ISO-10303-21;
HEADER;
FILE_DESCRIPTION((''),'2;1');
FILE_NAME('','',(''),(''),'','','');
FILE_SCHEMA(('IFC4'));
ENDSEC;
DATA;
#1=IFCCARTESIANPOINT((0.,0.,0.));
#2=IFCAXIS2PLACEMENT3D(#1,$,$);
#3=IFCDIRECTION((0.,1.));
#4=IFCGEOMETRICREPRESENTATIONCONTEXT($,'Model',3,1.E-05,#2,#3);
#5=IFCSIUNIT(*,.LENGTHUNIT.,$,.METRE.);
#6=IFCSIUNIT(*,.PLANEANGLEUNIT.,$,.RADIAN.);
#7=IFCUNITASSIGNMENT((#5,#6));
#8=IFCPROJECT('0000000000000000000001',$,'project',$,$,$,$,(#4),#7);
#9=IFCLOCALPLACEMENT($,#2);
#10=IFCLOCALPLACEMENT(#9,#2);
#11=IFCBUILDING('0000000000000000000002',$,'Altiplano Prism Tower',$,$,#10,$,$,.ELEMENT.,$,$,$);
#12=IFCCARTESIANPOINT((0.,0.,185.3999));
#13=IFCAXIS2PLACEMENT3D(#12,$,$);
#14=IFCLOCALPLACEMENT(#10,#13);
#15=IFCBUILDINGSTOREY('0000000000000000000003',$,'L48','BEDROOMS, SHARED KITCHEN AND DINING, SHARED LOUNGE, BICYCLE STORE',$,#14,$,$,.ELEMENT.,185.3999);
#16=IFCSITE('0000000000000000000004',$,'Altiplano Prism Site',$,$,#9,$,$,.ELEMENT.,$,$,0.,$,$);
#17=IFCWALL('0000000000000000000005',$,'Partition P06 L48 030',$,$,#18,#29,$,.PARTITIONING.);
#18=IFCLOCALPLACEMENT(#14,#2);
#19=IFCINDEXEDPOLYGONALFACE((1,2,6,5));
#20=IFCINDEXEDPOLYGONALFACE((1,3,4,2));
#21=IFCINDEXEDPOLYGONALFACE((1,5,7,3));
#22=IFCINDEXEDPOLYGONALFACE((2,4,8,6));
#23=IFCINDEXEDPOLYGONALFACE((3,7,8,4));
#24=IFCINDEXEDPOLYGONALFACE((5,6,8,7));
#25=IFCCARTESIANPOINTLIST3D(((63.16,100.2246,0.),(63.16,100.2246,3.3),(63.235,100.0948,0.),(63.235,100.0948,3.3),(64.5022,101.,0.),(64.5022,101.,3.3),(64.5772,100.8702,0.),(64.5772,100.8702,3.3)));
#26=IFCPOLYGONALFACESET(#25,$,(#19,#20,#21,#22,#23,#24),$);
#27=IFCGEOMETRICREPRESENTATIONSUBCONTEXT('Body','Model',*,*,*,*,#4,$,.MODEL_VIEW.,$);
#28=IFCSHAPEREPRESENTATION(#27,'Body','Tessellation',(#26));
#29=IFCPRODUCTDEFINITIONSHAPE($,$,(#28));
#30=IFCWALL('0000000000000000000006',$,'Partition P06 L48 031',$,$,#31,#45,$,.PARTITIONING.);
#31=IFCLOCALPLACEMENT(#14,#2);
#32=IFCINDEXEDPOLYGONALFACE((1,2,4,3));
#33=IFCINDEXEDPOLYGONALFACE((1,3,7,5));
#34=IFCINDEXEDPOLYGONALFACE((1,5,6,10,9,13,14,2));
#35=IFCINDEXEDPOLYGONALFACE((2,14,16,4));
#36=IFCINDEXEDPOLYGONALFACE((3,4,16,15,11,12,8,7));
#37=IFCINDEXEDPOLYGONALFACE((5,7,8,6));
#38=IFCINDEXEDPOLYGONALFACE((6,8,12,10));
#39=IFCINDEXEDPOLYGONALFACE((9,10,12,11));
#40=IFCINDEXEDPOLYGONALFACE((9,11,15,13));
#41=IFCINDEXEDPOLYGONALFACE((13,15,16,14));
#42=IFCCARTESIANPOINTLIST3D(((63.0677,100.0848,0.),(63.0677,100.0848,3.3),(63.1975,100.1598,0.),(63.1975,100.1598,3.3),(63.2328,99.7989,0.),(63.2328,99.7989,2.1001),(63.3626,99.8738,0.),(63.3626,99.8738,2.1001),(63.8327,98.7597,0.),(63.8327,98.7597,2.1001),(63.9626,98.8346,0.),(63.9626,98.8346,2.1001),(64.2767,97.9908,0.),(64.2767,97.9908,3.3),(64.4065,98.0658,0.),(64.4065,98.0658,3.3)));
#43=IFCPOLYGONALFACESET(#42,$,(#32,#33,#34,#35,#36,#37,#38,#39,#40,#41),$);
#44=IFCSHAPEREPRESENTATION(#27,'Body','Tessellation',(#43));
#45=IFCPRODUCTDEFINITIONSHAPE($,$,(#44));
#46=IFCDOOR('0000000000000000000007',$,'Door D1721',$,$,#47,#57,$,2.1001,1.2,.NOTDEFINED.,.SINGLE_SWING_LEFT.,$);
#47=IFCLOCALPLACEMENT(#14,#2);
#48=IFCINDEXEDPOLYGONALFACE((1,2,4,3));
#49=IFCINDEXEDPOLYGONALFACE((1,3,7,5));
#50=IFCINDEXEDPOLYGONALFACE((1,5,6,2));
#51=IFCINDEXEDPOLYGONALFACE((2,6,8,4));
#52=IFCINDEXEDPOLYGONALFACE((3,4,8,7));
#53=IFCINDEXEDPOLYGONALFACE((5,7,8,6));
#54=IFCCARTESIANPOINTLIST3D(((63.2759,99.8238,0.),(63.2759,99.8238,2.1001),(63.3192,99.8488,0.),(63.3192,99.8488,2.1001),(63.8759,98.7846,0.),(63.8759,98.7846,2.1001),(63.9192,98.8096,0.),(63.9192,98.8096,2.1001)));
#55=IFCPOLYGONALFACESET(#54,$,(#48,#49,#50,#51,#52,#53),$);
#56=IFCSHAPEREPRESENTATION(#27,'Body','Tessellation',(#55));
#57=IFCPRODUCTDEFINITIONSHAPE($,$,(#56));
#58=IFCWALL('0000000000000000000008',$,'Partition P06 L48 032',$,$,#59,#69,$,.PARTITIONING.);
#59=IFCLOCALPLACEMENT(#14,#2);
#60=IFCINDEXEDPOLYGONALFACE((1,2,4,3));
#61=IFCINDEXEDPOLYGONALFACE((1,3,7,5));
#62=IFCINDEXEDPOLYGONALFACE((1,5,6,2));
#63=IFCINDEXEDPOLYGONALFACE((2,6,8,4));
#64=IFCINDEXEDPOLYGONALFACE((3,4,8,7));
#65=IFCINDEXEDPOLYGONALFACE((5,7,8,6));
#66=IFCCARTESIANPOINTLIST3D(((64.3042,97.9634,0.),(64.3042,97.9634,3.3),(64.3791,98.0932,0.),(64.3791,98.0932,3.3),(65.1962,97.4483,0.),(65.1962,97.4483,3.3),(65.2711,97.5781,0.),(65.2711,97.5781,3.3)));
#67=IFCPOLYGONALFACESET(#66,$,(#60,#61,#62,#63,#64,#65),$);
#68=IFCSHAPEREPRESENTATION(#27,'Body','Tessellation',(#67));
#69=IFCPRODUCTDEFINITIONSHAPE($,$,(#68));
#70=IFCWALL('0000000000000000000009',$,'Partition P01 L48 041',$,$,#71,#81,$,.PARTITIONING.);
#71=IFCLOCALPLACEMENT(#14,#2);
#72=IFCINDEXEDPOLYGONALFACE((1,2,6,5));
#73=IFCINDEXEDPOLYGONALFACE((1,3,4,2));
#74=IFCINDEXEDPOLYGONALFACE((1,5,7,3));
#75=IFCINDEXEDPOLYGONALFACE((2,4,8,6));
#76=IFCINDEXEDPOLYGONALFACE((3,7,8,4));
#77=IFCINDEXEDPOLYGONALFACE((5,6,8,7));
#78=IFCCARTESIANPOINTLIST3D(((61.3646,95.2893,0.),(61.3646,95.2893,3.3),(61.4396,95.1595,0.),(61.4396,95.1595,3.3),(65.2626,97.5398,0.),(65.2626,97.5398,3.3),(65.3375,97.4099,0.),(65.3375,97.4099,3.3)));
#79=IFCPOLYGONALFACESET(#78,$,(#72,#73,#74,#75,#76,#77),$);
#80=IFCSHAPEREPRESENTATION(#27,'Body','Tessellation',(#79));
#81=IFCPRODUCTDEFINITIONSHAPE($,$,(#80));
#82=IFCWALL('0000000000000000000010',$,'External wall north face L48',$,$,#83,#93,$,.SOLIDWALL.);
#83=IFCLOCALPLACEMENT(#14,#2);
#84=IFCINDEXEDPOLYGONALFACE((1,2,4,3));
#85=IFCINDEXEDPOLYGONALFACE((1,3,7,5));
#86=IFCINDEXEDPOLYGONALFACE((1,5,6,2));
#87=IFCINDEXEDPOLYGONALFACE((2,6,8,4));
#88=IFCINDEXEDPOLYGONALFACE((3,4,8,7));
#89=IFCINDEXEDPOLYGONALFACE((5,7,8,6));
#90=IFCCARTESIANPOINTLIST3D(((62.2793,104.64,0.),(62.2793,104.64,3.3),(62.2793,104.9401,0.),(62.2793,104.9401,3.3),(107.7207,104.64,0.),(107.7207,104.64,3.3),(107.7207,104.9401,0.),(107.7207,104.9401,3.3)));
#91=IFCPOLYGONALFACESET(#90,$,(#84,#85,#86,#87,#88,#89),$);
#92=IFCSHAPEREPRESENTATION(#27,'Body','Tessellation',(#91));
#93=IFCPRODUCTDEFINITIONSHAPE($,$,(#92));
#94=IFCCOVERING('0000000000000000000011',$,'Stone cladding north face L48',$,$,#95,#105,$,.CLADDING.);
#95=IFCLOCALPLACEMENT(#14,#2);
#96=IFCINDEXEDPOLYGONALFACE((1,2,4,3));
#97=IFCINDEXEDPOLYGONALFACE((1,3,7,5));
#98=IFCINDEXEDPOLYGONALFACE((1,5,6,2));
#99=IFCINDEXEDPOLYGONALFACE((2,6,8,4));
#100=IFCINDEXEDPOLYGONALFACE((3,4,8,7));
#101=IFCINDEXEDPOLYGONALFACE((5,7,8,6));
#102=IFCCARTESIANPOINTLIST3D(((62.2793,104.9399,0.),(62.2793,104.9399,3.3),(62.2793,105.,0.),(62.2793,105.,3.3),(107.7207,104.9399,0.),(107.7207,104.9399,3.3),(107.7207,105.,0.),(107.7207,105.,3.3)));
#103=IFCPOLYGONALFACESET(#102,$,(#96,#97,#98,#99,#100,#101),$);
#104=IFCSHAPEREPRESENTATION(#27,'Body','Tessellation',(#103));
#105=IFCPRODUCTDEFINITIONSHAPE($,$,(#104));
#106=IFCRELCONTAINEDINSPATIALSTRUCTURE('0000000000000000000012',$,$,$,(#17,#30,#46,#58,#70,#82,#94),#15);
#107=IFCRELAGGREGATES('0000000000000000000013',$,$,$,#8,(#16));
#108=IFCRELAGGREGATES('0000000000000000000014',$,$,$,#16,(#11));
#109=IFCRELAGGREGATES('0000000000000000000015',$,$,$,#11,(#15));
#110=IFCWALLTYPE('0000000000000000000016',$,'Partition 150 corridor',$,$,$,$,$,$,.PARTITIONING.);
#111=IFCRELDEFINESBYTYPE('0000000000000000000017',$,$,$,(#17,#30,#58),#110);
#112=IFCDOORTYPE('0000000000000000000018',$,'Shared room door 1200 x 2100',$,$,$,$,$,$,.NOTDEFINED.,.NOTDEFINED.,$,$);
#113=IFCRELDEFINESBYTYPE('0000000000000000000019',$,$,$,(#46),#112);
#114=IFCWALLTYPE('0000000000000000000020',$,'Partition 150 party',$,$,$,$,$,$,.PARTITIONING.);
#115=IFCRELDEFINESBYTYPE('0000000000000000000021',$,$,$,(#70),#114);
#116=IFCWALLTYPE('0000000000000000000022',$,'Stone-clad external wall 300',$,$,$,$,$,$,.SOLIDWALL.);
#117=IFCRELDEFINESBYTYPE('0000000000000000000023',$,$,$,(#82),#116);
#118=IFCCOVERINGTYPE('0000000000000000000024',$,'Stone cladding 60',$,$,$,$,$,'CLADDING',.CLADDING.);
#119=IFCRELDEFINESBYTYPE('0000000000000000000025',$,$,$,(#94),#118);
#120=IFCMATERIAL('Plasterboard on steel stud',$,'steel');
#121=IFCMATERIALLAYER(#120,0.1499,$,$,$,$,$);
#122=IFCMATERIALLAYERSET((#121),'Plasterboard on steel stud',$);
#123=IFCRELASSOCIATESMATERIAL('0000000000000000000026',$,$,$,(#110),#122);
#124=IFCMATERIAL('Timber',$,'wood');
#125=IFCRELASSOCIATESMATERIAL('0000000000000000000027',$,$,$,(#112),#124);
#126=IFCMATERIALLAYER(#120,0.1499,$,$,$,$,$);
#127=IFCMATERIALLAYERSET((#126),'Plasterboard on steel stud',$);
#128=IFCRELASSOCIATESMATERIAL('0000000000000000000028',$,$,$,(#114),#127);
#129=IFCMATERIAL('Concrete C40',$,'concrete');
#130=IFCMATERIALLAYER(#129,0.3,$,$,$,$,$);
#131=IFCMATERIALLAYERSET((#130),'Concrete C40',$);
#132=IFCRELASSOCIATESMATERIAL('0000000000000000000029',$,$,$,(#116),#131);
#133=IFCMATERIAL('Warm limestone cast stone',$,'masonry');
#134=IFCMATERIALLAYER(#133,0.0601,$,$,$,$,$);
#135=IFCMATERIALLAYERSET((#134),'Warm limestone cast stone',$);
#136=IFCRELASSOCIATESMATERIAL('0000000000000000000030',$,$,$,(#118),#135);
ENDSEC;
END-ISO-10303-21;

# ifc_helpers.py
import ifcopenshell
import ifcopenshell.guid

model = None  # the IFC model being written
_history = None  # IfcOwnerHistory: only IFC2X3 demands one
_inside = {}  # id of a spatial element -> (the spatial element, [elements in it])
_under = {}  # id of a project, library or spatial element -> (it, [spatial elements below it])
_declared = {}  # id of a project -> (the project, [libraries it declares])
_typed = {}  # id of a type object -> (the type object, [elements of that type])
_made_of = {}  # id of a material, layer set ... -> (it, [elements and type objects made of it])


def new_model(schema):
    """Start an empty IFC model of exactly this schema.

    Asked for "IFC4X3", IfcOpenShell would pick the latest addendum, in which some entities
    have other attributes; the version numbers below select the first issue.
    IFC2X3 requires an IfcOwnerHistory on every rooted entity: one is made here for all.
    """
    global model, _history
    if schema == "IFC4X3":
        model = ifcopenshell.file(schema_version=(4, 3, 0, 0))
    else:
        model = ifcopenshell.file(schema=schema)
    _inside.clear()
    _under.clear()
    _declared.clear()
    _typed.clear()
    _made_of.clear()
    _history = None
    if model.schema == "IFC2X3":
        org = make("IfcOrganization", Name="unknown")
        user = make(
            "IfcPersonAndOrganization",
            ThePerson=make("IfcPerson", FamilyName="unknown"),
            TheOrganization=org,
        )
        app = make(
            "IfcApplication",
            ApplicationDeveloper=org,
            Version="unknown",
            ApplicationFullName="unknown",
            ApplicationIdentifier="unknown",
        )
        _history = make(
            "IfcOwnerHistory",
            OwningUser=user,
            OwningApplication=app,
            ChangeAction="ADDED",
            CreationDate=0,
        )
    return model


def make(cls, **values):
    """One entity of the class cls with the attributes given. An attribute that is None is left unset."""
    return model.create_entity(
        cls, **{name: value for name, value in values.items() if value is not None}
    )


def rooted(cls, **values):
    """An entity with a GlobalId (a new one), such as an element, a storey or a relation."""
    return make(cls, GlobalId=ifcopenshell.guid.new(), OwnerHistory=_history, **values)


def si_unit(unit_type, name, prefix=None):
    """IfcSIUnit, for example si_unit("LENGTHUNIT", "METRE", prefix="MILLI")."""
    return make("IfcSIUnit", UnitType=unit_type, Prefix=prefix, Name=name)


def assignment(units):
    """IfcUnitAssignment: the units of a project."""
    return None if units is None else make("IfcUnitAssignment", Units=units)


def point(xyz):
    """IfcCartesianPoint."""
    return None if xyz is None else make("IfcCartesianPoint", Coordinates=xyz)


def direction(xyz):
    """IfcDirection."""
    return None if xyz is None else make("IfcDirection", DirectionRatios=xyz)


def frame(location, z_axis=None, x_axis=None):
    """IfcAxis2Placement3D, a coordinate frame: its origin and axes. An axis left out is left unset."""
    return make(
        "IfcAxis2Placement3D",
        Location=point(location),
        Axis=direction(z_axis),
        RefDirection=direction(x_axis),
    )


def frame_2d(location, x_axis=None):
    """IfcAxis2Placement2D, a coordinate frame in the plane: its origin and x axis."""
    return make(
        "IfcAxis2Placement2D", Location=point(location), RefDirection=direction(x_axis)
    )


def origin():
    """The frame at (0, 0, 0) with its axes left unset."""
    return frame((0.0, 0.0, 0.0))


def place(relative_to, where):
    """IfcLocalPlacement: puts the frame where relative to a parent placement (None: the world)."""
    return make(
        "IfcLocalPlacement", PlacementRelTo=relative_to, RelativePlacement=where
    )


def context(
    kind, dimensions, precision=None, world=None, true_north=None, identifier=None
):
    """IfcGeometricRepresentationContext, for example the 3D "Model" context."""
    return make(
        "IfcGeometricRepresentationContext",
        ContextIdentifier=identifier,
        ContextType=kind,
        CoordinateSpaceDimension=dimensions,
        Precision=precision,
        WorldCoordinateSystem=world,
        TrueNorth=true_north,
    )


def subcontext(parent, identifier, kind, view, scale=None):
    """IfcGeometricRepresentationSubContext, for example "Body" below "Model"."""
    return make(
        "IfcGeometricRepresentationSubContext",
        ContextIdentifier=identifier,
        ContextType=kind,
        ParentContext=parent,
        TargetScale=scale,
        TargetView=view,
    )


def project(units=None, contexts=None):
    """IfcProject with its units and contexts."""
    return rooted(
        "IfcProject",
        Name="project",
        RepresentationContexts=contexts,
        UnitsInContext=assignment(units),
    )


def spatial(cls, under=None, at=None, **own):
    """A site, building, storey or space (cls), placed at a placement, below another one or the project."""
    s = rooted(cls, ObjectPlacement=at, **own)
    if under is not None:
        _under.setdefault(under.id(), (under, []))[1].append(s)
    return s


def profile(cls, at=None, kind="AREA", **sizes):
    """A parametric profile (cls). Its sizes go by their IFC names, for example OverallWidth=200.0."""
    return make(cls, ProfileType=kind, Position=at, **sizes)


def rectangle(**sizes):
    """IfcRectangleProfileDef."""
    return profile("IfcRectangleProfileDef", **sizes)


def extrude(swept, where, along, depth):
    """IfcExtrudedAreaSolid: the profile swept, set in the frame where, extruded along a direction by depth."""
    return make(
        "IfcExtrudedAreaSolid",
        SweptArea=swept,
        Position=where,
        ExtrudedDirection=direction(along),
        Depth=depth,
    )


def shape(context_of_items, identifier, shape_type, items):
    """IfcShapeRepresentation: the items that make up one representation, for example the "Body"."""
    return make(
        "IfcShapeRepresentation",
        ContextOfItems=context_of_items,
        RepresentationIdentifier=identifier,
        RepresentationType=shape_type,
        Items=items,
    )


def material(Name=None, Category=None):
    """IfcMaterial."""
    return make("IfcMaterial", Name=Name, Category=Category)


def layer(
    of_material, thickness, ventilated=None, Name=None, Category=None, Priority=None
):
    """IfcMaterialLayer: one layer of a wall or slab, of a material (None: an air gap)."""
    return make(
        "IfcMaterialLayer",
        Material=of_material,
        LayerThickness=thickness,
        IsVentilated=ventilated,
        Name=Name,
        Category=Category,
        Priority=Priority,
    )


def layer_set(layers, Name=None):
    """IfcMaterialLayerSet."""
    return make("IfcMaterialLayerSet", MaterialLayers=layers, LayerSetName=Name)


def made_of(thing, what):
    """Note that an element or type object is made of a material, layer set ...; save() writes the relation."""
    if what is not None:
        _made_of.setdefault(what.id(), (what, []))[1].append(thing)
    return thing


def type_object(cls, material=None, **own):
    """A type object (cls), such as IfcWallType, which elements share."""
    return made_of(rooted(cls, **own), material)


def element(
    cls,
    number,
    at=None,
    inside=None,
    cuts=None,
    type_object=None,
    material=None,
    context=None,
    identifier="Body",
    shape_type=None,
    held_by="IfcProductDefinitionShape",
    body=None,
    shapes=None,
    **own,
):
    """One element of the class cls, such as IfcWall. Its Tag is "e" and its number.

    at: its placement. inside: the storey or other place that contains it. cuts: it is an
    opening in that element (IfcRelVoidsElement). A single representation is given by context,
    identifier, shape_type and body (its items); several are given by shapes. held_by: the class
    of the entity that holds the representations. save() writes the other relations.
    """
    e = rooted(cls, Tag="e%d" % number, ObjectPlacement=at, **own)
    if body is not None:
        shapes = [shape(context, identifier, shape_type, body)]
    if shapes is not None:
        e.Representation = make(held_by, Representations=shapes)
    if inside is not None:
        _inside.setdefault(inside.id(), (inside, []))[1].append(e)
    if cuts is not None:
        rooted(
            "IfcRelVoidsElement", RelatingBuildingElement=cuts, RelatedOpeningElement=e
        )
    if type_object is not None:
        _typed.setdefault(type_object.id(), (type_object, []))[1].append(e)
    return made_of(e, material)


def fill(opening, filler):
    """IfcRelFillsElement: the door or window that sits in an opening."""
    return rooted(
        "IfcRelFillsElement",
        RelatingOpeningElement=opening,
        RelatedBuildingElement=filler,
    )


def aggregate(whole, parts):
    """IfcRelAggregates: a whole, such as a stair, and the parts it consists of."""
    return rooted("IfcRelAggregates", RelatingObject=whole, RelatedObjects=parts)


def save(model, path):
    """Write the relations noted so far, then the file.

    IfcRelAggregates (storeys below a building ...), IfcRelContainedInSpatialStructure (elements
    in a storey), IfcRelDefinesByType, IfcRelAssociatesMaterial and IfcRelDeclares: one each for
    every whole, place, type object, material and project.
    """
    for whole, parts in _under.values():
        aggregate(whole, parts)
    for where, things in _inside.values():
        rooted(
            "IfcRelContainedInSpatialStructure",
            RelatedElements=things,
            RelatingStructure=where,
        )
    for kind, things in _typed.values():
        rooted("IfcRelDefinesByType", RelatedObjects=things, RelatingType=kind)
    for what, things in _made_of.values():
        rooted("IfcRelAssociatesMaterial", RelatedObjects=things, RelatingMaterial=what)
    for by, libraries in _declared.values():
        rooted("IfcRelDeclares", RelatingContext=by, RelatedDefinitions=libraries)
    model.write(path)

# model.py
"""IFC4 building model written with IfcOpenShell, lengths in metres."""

from ifc_helpers import new_model, si_unit, direction, frame, frame_2d, origin, place, context, subcontext, project, spatial, rectangle, extrude, material, layer, layer_set, type_object, element, fill, save


model = new_model("IFC4")

# Units and contexts
model_context = context("Model", 3, precision=1e-05, world=origin(), true_north=direction((0.0, 1.0)))
body_context = subcontext(model_context, "Body", "Model", "MODEL_VIEW")
ifc_project = project(units=[si_unit("LENGTHUNIT", "METRE"), si_unit("PLANEANGLEUNIT", "RADIAN")], contexts=[model_context])

# Site, building, storey
site_placement = place(None, origin())
site = spatial("IfcSite", under=ifc_project, at=site_placement, Name="Altiplano Prism Site", CompositionType="ELEMENT", RefElevation=0.0)
building_placement = place(site_placement, origin())
building = spatial("IfcBuilding", under=site, at=building_placement, Name="Altiplano Prism Tower", CompositionType="ELEMENT")
storey_placement = place(building_placement, frame((0.0, 0.0, 185.3999)))
storey = spatial("IfcBuildingStorey", under=building, at=storey_placement, Name="L48", Description="BEDROOMS, SHARED KITCHEN AND DINING, SHARED LOUNGE, BICYCLE STORE", CompositionType="ELEMENT", Elevation=185.3999)

# Shared definitions
ifc_material_1 = material(Name="Plasterboard on steel stud", Category="steel")
ifc_layer_1 = layer(ifc_material_1, 0.1499)
ifc_layer_set_1 = layer_set([ifc_layer_1], Name="Plasterboard on steel stud")
wall_type_1 = type_object("IfcWallType", Name="Partition 150 corridor", PredefinedType="PARTITIONING", material=ifc_layer_set_1)

# Shared definitions
ifc_material_2 = material(Name="Timber", Category="wood")

# Wall
wall_1_placement = place(storey_placement, frame((64.5396, 100.9351, 0.0), z_axis=(0.0, 0.0, 1.0), x_axis=(-0.865868, -0.500272, 0.0)))
element("IfcWall", 1, at=wall_1_placement, inside=storey, type_object=wall_type_1, Name="Partition P06 L48 030", PredefinedType="PARTITIONING", context=body_context, shape_type="SweptSolid", body=[
    extrude(rectangle(XDim=1.55, YDim=0.1499, at=frame_2d((0.7749, 0.0))), origin(), (0.0, 0.0, 1.0), 3.3),
])

# Wall, opening, door
wall_2_placement = place(storey_placement, frame((63.1326, 100.1223, 0.0), z_axis=(0.0, 0.0, 1.0), x_axis=(0.500005, -0.866022, 0.0)))
wall_2 = element("IfcWall", 2, at=wall_2_placement, inside=storey, type_object=wall_type_1, Name="Partition P06 L48 031", PredefinedType="PARTITIONING", context=body_context, shape_type="SweptSolid", body=[
    extrude(rectangle(XDim=2.418, YDim=0.1499, at=frame_2d((1.209, 0.0))), origin(), (0.0, 0.0, 1.0), 3.3),
])
opening_1_placement = place(wall_2_placement, frame((0.3301, 0.0, 0.0)))
opening_1 = element("IfcOpeningElement", 3, at=opening_1_placement, cuts=wall_2, PredefinedType="OPENING", context=body_context, shape_type="SweptSolid", body=[
    extrude(rectangle(XDim=1.2, YDim=2.1001, at=frame_2d((0.6001, 1.05))), frame((0.0, 0.0854, 0.0), z_axis=(0.0, -1.0, 0.0), x_axis=(1.0, 0.0, 0.0)), (0.0, 0.0, 1.0), 0.1709),
])
door_type_1 = type_object("IfcDoorType", Name="Shared room door 1200 x 2100", OperationType="NOTDEFINED", PredefinedType="NOTDEFINED", material=ifc_material_2)
door_1_placement = place(opening_1_placement, origin())
door_1 = element("IfcDoor", 4, at=door_1_placement, inside=storey, type_object=door_type_1, Name="Door D1721", OperationType="SINGLE_SWING_LEFT", OverallHeight=2.1001, OverallWidth=1.2, PredefinedType="NOTDEFINED", context=body_context, shape_type="SweptSolid", body=[
    extrude(rectangle(XDim=1.2, YDim=2.1001, at=frame_2d((0.6001, 1.05))), frame((0.0, 0.0249, 0.0), z_axis=(0.0, -1.0, 0.0), x_axis=(1.0, 0.0, 0.0)), (0.0, 0.0, 1.0), 0.05),
])
fill(opening_1, door_1)

# Walls
wall_3_placement = place(storey_placement, frame((64.3416, 98.0283, 0.0), z_axis=(0.0, 0.0, 1.0), x_axis=(0.865988, -0.500064, 0.0)))
element("IfcWall", 5, at=wall_3_placement, inside=storey, type_object=wall_type_1, Name="Partition P06 L48 032", PredefinedType="PARTITIONING", context=body_context, shape_type="SweptSolid", body=[
    extrude(rectangle(XDim=1.03, YDim=0.1499, at=frame_2d((0.5151, 0.0))), origin(), (0.0, 0.0, 1.0), 3.3),
])
ifc_layer_2 = layer(ifc_material_1, 0.1499)
ifc_layer_set_2 = layer_set([ifc_layer_2], Name="Plasterboard on steel stud")
wall_type_2 = type_object("IfcWallType", Name="Partition 150 party", PredefinedType="PARTITIONING", material=ifc_layer_set_2)
wall_4_placement = place(storey_placement, frame((65.3, 97.4749, 0.0), z_axis=(0.0, 0.0, 1.0), x_axis=(-0.866025, -0.500001, 0.0)))
element("IfcWall", 6, at=wall_4_placement, inside=storey, type_object=wall_type_2, Name="Partition P01 L48 041", PredefinedType="PARTITIONING", context=body_context, shape_type="SweptSolid", body=[
    extrude(rectangle(XDim=4.501, YDim=0.1499, at=frame_2d((2.2505, 0.0))), origin(), (0.0, 0.0, 1.0), 3.3),
])
ifc_material_3 = material(Name="Concrete C40", Category="concrete")
ifc_layer_3 = layer(ifc_material_3, 0.3)
ifc_layer_set_3 = layer_set([ifc_layer_3], Name="Concrete C40")
wall_type_3 = type_object("IfcWallType", Name="Stone-clad external wall 300", PredefinedType="SOLIDWALL", material=ifc_layer_set_3)
wall_5_placement = place(storey_placement, frame((62.2793, 104.79, 0.0), z_axis=(0.0, 0.0, 1.0), x_axis=(1.0, 0.0, 0.0)))
element("IfcWall", 7, at=wall_5_placement, inside=storey, type_object=wall_type_3, Name="External wall north face L48", PredefinedType="SOLIDWALL", context=body_context, shape_type="SweptSolid", body=[
    extrude(rectangle(XDim=45.4414, YDim=0.3, at=frame_2d((22.7207, 0.0))), origin(), (0.0, 0.0, 1.0), 3.3),
])

# Covering
ifc_material_4 = material(Name="Warm limestone cast stone", Category="masonry")
ifc_layer_4 = layer(ifc_material_4, 0.0601)
ifc_layer_set_4 = layer_set([ifc_layer_4], Name="Warm limestone cast stone")
covering_type = type_object("IfcCoveringType", Name="Stone cladding 60", ElementType="CLADDING", PredefinedType="CLADDING", material=ifc_layer_set_4)
covering_placement = place(storey_placement, frame((62.2793, 104.97, 0.0), z_axis=(0.0, 0.0, 1.0), x_axis=(1.0, 0.0, 0.0)))
element("IfcCovering", 8, at=covering_placement, inside=storey, type_object=covering_type, Name="Stone cladding north face L48", PredefinedType="CLADDING", context=body_context, shape_type="SweptSolid", body=[
    extrude(rectangle(XDim=45.4414, YDim=0.0601, at=frame_2d((22.7207, 0.0))), origin(), (0.0, 0.0, 1.0), 3.3),
])

save(model, "model.ifc")
